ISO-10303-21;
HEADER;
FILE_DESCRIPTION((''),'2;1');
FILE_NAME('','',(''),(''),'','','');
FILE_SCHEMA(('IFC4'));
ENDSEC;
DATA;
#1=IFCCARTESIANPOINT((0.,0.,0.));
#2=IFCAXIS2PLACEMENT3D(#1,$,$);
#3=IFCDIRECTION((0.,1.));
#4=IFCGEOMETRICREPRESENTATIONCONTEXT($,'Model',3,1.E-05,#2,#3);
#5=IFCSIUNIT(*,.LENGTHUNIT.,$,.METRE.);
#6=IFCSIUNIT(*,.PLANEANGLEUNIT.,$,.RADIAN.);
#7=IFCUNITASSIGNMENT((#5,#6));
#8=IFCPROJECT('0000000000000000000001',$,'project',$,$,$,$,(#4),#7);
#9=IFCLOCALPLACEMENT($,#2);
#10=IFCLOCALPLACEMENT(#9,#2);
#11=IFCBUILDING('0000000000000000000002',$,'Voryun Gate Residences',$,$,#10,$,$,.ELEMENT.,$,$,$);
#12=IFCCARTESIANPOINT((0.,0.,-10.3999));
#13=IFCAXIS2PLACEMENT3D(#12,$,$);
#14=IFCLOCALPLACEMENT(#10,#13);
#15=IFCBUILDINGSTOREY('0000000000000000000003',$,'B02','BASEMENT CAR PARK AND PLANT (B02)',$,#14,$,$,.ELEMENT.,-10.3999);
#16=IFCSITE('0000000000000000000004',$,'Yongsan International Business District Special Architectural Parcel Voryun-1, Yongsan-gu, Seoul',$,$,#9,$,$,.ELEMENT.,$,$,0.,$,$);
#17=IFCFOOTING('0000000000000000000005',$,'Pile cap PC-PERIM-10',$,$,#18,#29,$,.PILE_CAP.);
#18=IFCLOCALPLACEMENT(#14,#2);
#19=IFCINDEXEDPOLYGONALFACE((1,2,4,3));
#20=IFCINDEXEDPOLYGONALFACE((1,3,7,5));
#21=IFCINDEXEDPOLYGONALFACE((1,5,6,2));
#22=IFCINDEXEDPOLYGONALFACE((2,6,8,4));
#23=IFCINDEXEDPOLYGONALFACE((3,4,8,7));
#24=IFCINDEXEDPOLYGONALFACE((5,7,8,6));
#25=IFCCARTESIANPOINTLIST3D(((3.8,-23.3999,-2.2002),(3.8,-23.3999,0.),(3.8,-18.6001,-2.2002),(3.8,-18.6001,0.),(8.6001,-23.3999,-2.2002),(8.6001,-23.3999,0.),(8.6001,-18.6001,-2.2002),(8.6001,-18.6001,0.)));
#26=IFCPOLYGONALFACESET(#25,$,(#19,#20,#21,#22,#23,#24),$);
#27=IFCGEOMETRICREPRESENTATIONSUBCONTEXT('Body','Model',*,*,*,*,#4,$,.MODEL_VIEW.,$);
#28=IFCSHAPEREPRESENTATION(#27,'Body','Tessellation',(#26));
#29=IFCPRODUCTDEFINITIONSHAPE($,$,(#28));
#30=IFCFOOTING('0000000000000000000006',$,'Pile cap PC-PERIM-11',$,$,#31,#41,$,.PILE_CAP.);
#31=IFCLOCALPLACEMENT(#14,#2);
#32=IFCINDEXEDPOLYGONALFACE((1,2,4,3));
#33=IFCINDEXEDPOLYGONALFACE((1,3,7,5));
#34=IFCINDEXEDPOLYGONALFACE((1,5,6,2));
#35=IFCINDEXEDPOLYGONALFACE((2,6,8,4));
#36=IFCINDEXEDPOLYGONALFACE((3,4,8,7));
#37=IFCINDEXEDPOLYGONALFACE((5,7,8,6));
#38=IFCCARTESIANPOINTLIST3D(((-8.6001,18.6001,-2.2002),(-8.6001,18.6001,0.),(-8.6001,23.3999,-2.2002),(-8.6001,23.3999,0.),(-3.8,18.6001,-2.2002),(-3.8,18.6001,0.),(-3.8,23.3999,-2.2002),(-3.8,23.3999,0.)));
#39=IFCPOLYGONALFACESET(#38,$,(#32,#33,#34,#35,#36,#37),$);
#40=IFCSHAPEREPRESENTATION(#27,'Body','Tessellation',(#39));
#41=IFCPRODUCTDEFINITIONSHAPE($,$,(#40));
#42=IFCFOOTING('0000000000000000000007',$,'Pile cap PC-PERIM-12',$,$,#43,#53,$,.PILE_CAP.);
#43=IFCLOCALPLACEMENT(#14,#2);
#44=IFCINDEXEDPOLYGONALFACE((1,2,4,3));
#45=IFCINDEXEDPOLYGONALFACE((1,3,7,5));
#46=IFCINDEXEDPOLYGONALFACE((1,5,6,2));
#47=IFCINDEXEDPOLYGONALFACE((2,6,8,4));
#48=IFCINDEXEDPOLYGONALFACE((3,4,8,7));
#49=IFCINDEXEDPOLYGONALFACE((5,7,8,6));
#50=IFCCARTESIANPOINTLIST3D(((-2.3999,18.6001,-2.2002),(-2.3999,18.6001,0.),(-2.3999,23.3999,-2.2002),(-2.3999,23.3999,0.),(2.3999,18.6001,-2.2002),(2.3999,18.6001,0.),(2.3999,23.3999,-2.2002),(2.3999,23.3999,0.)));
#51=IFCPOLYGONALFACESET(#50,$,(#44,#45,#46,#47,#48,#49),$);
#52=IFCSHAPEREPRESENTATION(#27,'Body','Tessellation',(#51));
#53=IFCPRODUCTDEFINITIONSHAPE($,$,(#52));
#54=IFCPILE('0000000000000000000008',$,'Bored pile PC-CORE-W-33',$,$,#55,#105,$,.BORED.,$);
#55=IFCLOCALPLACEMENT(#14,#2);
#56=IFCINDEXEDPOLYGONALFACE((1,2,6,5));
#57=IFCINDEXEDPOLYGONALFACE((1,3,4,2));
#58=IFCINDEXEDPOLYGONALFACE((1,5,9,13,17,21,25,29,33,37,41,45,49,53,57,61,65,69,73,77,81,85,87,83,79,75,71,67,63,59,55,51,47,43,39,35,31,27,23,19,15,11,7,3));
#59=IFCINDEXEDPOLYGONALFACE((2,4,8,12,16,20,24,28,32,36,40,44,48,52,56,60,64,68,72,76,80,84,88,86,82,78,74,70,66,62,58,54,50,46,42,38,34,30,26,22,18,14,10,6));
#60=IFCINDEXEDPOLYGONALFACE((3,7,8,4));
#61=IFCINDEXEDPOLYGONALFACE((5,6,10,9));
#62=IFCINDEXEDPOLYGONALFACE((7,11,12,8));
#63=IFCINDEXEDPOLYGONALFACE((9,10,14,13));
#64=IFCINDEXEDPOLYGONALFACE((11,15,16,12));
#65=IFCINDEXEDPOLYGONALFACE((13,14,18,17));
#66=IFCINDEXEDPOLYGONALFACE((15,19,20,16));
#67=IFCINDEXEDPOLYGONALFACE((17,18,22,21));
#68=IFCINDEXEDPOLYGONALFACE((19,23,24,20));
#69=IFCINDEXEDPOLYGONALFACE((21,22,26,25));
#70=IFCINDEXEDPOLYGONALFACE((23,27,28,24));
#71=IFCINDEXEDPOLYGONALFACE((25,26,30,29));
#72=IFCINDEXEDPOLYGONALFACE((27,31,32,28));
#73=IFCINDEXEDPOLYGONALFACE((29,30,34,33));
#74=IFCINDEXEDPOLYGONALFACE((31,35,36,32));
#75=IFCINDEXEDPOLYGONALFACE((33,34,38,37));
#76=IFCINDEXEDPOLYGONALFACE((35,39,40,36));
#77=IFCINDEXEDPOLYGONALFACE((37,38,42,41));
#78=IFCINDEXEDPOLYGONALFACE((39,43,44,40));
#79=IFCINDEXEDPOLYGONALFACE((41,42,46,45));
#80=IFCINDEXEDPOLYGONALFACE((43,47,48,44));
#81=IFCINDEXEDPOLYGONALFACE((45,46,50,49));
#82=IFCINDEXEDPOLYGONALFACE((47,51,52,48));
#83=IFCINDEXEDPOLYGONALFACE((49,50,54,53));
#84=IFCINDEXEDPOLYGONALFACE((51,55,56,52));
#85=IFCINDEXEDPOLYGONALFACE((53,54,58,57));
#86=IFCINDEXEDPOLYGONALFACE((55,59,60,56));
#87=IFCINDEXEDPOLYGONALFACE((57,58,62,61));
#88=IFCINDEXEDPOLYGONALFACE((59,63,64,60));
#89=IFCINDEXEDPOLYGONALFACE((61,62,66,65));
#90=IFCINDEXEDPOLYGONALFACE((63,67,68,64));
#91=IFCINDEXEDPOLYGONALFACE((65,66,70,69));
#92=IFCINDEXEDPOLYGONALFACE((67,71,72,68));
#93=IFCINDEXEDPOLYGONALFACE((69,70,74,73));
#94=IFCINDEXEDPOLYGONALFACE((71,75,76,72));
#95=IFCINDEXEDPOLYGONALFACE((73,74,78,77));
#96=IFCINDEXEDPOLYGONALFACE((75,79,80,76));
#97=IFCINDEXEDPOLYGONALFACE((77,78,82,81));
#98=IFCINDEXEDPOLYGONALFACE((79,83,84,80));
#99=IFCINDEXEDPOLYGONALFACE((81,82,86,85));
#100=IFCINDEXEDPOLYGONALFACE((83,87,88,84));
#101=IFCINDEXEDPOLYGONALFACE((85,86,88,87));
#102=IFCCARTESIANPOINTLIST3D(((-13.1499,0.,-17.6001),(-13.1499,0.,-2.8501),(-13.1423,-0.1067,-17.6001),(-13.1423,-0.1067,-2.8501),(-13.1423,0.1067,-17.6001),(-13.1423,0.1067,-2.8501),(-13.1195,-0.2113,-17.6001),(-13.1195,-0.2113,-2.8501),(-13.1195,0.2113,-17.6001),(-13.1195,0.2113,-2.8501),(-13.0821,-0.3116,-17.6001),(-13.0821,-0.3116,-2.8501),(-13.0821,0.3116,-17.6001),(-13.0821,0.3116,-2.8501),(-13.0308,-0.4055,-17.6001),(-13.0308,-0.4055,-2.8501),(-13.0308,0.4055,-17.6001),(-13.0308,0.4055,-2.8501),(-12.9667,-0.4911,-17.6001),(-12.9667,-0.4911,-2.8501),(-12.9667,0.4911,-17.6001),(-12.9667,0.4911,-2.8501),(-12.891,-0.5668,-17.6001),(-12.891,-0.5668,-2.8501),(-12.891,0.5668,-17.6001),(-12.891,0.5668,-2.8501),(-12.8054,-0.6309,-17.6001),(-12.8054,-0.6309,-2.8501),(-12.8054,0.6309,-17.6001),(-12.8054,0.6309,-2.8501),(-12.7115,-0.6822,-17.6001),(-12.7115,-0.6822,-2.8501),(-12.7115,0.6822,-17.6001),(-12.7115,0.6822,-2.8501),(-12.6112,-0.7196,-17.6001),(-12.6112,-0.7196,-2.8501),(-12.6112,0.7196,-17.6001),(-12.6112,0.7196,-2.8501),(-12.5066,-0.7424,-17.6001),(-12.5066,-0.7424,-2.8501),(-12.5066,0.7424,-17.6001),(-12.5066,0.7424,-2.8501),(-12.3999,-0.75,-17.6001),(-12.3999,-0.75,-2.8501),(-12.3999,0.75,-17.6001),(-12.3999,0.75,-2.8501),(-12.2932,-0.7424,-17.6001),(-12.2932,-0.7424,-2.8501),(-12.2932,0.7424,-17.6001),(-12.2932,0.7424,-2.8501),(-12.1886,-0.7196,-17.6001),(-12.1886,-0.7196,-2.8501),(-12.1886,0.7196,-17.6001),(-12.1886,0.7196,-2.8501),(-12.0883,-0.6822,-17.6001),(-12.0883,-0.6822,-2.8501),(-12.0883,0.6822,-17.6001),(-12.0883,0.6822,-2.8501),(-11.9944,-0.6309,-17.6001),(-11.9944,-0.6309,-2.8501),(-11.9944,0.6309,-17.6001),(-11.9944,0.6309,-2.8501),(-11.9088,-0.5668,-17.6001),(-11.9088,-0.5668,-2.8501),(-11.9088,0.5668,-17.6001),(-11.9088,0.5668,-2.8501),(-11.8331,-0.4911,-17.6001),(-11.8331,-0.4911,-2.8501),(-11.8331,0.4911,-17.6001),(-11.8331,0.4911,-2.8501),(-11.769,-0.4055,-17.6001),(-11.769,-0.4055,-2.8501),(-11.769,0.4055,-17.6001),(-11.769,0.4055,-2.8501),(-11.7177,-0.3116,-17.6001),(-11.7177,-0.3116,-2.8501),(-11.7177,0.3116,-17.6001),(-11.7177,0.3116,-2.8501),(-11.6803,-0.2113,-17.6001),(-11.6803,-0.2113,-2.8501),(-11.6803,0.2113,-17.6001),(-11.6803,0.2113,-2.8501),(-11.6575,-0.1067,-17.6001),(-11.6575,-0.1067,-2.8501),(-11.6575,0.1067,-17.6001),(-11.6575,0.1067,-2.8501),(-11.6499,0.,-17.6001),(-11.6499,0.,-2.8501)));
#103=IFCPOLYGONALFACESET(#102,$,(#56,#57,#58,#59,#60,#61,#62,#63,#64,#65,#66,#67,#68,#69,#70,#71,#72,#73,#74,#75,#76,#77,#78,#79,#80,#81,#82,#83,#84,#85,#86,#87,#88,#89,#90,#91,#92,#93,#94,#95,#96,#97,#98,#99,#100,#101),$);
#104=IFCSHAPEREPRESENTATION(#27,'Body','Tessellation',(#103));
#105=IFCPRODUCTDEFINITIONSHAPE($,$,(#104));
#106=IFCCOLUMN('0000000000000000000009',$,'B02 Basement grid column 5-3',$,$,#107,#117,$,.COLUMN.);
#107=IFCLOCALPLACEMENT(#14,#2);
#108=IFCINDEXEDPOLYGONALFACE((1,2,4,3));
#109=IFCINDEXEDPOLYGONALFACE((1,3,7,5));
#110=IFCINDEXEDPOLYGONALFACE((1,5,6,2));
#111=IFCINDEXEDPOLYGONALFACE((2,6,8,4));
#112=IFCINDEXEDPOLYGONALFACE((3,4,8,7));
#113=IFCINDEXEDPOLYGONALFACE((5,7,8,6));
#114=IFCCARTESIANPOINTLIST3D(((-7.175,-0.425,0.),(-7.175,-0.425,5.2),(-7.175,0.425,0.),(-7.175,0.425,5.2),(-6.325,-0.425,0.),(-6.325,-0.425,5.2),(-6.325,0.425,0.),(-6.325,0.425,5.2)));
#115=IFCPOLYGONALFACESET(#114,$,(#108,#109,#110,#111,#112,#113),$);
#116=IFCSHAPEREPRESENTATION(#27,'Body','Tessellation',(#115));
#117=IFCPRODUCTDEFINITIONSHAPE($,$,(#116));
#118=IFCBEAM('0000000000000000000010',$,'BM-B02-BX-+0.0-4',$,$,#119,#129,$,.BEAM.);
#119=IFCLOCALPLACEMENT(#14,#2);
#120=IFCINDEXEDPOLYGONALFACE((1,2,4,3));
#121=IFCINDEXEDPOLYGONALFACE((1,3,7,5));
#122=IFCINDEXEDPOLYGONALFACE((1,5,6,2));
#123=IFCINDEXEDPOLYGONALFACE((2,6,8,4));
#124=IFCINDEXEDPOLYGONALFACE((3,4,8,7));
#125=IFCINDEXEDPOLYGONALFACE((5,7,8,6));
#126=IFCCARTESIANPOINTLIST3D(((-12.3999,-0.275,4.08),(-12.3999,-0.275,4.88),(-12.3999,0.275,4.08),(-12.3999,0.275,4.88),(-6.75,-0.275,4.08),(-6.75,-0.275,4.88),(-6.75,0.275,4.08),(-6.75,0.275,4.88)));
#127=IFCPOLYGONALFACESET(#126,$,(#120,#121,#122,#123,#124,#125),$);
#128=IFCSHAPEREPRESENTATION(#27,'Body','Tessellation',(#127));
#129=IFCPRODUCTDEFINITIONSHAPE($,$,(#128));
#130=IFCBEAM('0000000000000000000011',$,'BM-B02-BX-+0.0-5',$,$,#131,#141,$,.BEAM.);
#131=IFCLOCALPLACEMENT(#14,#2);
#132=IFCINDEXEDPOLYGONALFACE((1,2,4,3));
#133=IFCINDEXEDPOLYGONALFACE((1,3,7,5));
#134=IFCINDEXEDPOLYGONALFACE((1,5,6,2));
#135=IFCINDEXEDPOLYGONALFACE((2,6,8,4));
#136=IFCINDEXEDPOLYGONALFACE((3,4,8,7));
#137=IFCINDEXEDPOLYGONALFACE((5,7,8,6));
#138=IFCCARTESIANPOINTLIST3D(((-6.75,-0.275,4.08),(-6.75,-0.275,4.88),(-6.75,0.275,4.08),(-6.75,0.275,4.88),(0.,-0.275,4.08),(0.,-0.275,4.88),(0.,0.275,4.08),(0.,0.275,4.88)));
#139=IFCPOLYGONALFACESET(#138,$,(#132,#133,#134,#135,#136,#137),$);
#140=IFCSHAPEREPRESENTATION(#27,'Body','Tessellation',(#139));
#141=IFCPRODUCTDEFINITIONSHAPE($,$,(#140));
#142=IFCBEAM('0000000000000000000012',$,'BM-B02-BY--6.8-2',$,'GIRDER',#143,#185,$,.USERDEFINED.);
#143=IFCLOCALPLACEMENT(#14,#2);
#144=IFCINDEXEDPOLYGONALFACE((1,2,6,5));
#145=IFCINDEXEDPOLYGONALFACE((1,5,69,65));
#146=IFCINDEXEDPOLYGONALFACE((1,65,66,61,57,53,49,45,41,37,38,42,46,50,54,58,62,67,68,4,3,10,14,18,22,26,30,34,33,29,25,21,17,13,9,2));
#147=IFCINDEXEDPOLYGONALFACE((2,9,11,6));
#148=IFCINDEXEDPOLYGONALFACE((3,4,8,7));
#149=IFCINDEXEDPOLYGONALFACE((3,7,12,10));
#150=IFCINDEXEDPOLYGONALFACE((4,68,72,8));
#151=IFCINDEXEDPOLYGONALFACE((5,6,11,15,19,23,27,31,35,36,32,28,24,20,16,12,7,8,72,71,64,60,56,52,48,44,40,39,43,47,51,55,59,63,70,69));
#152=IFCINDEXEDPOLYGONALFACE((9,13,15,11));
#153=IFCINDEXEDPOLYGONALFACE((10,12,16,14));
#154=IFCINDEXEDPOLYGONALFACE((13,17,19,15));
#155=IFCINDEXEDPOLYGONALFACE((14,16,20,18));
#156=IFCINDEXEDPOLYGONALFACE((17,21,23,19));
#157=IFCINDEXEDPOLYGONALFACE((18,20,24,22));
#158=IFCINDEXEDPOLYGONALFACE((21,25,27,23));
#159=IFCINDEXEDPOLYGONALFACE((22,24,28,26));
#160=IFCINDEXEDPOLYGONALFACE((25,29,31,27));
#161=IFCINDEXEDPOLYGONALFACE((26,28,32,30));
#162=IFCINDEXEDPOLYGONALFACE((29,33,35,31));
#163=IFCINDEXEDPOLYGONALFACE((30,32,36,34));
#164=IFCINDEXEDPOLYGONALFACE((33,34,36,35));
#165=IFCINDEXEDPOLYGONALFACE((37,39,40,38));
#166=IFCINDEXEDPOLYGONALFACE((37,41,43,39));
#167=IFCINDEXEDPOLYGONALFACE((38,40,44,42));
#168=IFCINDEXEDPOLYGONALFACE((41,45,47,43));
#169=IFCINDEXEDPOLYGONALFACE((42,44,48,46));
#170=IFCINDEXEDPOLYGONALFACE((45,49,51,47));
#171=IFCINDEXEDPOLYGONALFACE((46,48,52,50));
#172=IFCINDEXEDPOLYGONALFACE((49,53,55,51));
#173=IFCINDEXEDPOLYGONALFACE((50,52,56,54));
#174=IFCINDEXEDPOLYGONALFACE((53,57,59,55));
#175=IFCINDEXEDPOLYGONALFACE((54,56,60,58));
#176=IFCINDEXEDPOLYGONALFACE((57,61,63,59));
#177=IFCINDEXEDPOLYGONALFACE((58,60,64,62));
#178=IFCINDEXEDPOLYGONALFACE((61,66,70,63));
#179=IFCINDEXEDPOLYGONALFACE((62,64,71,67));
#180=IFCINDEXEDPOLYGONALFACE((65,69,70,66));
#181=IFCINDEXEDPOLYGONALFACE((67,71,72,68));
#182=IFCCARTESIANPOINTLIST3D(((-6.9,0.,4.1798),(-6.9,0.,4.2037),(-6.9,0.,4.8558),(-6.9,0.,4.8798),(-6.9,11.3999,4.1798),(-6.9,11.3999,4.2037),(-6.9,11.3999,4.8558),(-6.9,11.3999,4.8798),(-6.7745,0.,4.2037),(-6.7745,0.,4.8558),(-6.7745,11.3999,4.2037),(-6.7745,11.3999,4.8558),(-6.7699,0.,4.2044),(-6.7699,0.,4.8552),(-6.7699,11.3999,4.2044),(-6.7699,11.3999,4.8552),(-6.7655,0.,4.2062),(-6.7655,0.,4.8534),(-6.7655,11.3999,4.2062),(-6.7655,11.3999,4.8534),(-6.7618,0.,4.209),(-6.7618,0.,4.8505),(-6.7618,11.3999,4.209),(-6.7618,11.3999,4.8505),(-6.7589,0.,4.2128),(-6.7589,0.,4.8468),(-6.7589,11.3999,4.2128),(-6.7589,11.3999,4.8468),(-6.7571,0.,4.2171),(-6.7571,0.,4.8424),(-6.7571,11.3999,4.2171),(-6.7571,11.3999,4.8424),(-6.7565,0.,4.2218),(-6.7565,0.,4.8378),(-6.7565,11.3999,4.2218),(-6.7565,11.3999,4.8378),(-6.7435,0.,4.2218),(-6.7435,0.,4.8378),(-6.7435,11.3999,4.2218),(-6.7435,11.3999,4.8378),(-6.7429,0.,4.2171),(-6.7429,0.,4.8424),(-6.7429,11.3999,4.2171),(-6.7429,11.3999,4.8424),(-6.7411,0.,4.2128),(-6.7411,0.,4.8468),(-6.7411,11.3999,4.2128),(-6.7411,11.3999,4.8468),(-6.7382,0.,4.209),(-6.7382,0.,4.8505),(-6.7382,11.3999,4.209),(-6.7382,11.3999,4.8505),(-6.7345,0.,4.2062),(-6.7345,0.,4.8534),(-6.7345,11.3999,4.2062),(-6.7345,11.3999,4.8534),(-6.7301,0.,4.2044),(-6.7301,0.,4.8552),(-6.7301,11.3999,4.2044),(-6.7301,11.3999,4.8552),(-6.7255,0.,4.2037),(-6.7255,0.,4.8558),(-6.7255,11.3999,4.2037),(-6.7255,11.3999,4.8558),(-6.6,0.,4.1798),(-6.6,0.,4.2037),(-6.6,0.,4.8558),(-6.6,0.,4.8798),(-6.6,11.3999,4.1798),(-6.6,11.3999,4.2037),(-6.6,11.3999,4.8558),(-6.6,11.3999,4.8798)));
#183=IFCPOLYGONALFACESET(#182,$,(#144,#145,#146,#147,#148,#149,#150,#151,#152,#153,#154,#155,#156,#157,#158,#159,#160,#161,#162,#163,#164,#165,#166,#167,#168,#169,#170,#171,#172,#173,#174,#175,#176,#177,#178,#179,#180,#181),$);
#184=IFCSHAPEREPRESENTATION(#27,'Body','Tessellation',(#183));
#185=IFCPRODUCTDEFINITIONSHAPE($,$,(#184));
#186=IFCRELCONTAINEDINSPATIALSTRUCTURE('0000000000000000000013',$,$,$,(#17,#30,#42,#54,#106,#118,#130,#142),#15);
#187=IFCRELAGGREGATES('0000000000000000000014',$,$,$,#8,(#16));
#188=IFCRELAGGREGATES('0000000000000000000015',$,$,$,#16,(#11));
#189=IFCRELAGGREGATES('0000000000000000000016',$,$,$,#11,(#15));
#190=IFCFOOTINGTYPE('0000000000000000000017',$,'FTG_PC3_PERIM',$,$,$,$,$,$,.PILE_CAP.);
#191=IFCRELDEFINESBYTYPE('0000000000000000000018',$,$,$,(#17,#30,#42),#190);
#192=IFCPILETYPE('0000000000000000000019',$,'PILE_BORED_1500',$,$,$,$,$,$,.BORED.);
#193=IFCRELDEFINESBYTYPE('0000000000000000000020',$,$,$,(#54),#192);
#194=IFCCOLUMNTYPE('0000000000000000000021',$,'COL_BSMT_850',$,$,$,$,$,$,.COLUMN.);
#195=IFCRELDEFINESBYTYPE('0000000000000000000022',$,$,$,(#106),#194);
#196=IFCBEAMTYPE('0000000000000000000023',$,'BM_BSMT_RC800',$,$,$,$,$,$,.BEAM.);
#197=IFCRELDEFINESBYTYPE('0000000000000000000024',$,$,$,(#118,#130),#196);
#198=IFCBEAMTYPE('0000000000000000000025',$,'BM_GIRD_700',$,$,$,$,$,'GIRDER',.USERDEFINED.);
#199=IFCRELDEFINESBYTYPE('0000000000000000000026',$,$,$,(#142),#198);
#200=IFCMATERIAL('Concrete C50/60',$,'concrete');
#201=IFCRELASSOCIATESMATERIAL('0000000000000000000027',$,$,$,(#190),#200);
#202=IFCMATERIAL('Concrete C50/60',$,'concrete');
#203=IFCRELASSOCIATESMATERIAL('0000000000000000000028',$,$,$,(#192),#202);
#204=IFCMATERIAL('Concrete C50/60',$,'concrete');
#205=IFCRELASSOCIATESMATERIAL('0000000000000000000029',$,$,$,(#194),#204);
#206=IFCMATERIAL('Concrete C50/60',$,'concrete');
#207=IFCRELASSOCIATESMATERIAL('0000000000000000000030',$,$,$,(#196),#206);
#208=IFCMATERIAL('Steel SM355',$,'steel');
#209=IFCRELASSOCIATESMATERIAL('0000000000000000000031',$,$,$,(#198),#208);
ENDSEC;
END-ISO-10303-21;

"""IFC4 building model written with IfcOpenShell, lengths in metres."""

from ifc_helpers import new_model, si_unit, direction, frame, origin, origin_2d, place, context, subcontext, project, spatial, polyline, rectangle, circle, i_section, outline, extrude, material, material_profile, profile_set, type_object, element, save


model = new_model("IFC4")

# Units and contexts
model_context = context("Model", 3, precision=1e-05, world=origin(), true_north=direction((0.0, 1.0)))
body_context = subcontext(model_context, "Body", "Model", "MODEL_VIEW")
ifc_project = project(units=[si_unit("LENGTHUNIT", "METRE"), si_unit("PLANEANGLEUNIT", "RADIAN")], contexts=[model_context])

# Site, building, storey
site_placement = place(None, origin())
site = spatial("IfcSite", under=ifc_project, at=site_placement, Name="Yongsan International Business District Special Architectural Parcel Voryun-1, Yongsan-gu, Seoul", CompositionType="ELEMENT", RefElevation=0.0)
building_placement = place(site_placement, origin())
building = spatial("IfcBuilding", under=site, at=building_placement, Name="Voryun Gate Residences", CompositionType="ELEMENT")
storey_placement = place(building_placement, frame((0.0, 0.0, -10.3999)))
storey = spatial("IfcBuildingStorey", under=building, at=storey_placement, Name="B02", Description="BASEMENT CAR PARK AND PLANT (B02)", CompositionType="ELEMENT", Elevation=-10.3999)

# Footings
ifc_material_1 = material(Name="Concrete C50/60", Category="concrete")
footing_type_1 = type_object("IfcFootingType", Name="FTG_PC3_PERIM", PredefinedType="PILE_CAP", material=ifc_material_1)
footing_1_placement = place(storey_placement, frame((0.0, 0.0, -2.2002)))
element("IfcFooting", 1, at=footing_1_placement, inside=storey, type_object=footing_type_1, Name="Pile cap PC-PERIM-10", PredefinedType="PILE_CAP", context=body_context, shape_type="SweptSolid", body=[
    extrude(outline(polyline([(3.8, -23.3999), (8.6001, -23.3999), (8.6001, -18.6001), (3.8, -18.6001), (3.8, -23.3999)])), origin(), (0.0, 0.0, 1.0), 2.2002),
])
footing_2_placement = place(storey_placement, frame((0.0, 0.0, -2.2002)))
element("IfcFooting", 2, at=footing_2_placement, inside=storey, type_object=footing_type_1, Name="Pile cap PC-PERIM-11", PredefinedType="PILE_CAP", context=body_context, shape_type="SweptSolid", body=[
    extrude(outline(polyline([(-8.6001, 18.6001), (-3.8, 18.6001), (-3.8, 23.3999), (-8.6001, 23.3999), (-8.6001, 18.6001)])), origin(), (0.0, 0.0, 1.0), 2.2002),
])
footing_3_placement = place(storey_placement, frame((0.0, 0.0, -2.2002)))
element("IfcFooting", 3, at=footing_3_placement, inside=storey, type_object=footing_type_1, Name="Pile cap PC-PERIM-12", PredefinedType="PILE_CAP", context=body_context, shape_type="SweptSolid", body=[
    extrude(outline(polyline([(-2.3999, 18.6001), (2.3999, 18.6001), (2.3999, 23.3999), (-2.3999, 23.3999), (-2.3999, 18.6001)])), origin(), (0.0, 0.0, 1.0), 2.2002),
])

# Pile
ifc_material_2 = material(Name="Concrete C50/60", Category="concrete")
ifc_material_profile_1 = material_profile(ifc_material_2, circle(Radius=0.75, at=origin_2d()), Name="PILE-D1500")
ifc_profile_set_1 = profile_set([ifc_material_profile_1], Name="Concrete C50/60")
pile_type = type_object("IfcPileType", Name="PILE_BORED_1500", PredefinedType="BORED", material=ifc_profile_set_1)
pile_placement = place(storey_placement, frame((-12.3999, 0.0, -2.8501), z_axis=(0.0, 0.0, -1.0), x_axis=(1.0, 0.0, 0.0)))
element("IfcPile", 4, at=pile_placement, inside=storey, type_object=pile_type, Name="Bored pile PC-CORE-W-33", PredefinedType="BORED", context=body_context, shape_type="SweptSolid", body=[
    extrude(circle(Radius=0.75, at=origin_2d()), origin(), (0.0, 0.0, 1.0), 14.75),
])

# Column
ifc_material_3 = material(Name="Concrete C50/60", Category="concrete")
ifc_material_profile_2 = material_profile(ifc_material_3, rectangle(XDim=0.8501, YDim=0.8501, at=origin_2d()), Name="RC-850x850")
ifc_profile_set_2 = profile_set([ifc_material_profile_2], Name="Concrete C50/60")
column_type = type_object("IfcColumnType", Name="COL_BSMT_850", PredefinedType="COLUMN", material=ifc_profile_set_2)
column_placement = place(storey_placement, frame((-6.75, 0.0, 0.0), z_axis=(0.0, 0.0, 1.0), x_axis=(1.0, 0.0, 0.0)))
element("IfcColumn", 5, at=column_placement, inside=storey, type_object=column_type, Name="B02 Basement grid column 5-3", PredefinedType="COLUMN", context=body_context, shape_type="SweptSolid", body=[
    extrude(rectangle(XDim=0.8501, YDim=0.8501, at=origin_2d()), origin(), (0.0, 0.0, 1.0), 5.2),
])

# Beams
ifc_material_4 = material(Name="Concrete C50/60", Category="concrete")
ifc_material_profile_3 = material_profile(ifc_material_4, rectangle(XDim=0.55, YDim=0.8, at=origin_2d()), Name="RC-550x800")
ifc_profile_set_3 = profile_set([ifc_material_profile_3], Name="Concrete C50/60")
beam_type_1 = type_object("IfcBeamType", Name="BM_BSMT_RC800", PredefinedType="BEAM", material=ifc_profile_set_3)
beam_1_placement = place(storey_placement, frame((-12.3999, 0.0, 4.48), z_axis=(1.0, 0.0, 0.0), x_axis=(0.0, 1.0, 0.0)))
element("IfcBeam", 6, at=beam_1_placement, inside=storey, type_object=beam_type_1, Name="BM-B02-BX-+0.0-4", PredefinedType="BEAM", context=body_context, shape_type="SweptSolid", body=[
    extrude(rectangle(XDim=0.55, YDim=0.8, at=origin_2d()), origin(), (0.0, 0.0, 1.0), 5.6499),
])
beam_2_placement = place(storey_placement, frame((-6.75, 0.0, 4.48), z_axis=(1.0, 0.0, 0.0), x_axis=(0.0, 1.0, 0.0)))
element("IfcBeam", 7, at=beam_2_placement, inside=storey, type_object=beam_type_1, Name="BM-B02-BX-+0.0-5", PredefinedType="BEAM", context=body_context, shape_type="SweptSolid", body=[
    extrude(rectangle(XDim=0.55, YDim=0.8, at=origin_2d()), origin(), (0.0, 0.0, 1.0), 6.75),
])
ifc_material_5 = material(Name="Steel SM355", Category="steel")
ifc_material_profile_4 = material_profile(ifc_material_5, i_section(OverallWidth=0.3, OverallDepth=0.7, WebThickness=0.0129, FlangeThickness=0.0239, FilletRadius=0.0181, at=origin_2d()), Name="H-700x300x13x24")
ifc_profile_set_4 = profile_set([ifc_material_profile_4], Name="Steel SM355")
beam_type_2 = type_object("IfcBeamType", Name="BM_GIRD_700", ElementType="GIRDER", PredefinedType="USERDEFINED", material=ifc_profile_set_4)
beam_3_placement = place(storey_placement, frame((-6.75, 0.0, 4.5298), z_axis=(0.0, 1.0, 0.0), x_axis=(-1.0, 0.0, 0.0)))
element("IfcBeam", 8, at=beam_3_placement, inside=storey, type_object=beam_type_2, Name="BM-B02-BY--6.8-2", ObjectType="GIRDER", PredefinedType="USERDEFINED", context=body_context, shape_type="SweptSolid", body=[
    extrude(i_section(OverallWidth=0.3, OverallDepth=0.7, WebThickness=0.0129, FlangeThickness=0.0239, FilletRadius=0.0181, at=origin_2d()), origin(), (0.0, 0.0, 1.0), 11.3999),
])

save(model, "model.ifc")
